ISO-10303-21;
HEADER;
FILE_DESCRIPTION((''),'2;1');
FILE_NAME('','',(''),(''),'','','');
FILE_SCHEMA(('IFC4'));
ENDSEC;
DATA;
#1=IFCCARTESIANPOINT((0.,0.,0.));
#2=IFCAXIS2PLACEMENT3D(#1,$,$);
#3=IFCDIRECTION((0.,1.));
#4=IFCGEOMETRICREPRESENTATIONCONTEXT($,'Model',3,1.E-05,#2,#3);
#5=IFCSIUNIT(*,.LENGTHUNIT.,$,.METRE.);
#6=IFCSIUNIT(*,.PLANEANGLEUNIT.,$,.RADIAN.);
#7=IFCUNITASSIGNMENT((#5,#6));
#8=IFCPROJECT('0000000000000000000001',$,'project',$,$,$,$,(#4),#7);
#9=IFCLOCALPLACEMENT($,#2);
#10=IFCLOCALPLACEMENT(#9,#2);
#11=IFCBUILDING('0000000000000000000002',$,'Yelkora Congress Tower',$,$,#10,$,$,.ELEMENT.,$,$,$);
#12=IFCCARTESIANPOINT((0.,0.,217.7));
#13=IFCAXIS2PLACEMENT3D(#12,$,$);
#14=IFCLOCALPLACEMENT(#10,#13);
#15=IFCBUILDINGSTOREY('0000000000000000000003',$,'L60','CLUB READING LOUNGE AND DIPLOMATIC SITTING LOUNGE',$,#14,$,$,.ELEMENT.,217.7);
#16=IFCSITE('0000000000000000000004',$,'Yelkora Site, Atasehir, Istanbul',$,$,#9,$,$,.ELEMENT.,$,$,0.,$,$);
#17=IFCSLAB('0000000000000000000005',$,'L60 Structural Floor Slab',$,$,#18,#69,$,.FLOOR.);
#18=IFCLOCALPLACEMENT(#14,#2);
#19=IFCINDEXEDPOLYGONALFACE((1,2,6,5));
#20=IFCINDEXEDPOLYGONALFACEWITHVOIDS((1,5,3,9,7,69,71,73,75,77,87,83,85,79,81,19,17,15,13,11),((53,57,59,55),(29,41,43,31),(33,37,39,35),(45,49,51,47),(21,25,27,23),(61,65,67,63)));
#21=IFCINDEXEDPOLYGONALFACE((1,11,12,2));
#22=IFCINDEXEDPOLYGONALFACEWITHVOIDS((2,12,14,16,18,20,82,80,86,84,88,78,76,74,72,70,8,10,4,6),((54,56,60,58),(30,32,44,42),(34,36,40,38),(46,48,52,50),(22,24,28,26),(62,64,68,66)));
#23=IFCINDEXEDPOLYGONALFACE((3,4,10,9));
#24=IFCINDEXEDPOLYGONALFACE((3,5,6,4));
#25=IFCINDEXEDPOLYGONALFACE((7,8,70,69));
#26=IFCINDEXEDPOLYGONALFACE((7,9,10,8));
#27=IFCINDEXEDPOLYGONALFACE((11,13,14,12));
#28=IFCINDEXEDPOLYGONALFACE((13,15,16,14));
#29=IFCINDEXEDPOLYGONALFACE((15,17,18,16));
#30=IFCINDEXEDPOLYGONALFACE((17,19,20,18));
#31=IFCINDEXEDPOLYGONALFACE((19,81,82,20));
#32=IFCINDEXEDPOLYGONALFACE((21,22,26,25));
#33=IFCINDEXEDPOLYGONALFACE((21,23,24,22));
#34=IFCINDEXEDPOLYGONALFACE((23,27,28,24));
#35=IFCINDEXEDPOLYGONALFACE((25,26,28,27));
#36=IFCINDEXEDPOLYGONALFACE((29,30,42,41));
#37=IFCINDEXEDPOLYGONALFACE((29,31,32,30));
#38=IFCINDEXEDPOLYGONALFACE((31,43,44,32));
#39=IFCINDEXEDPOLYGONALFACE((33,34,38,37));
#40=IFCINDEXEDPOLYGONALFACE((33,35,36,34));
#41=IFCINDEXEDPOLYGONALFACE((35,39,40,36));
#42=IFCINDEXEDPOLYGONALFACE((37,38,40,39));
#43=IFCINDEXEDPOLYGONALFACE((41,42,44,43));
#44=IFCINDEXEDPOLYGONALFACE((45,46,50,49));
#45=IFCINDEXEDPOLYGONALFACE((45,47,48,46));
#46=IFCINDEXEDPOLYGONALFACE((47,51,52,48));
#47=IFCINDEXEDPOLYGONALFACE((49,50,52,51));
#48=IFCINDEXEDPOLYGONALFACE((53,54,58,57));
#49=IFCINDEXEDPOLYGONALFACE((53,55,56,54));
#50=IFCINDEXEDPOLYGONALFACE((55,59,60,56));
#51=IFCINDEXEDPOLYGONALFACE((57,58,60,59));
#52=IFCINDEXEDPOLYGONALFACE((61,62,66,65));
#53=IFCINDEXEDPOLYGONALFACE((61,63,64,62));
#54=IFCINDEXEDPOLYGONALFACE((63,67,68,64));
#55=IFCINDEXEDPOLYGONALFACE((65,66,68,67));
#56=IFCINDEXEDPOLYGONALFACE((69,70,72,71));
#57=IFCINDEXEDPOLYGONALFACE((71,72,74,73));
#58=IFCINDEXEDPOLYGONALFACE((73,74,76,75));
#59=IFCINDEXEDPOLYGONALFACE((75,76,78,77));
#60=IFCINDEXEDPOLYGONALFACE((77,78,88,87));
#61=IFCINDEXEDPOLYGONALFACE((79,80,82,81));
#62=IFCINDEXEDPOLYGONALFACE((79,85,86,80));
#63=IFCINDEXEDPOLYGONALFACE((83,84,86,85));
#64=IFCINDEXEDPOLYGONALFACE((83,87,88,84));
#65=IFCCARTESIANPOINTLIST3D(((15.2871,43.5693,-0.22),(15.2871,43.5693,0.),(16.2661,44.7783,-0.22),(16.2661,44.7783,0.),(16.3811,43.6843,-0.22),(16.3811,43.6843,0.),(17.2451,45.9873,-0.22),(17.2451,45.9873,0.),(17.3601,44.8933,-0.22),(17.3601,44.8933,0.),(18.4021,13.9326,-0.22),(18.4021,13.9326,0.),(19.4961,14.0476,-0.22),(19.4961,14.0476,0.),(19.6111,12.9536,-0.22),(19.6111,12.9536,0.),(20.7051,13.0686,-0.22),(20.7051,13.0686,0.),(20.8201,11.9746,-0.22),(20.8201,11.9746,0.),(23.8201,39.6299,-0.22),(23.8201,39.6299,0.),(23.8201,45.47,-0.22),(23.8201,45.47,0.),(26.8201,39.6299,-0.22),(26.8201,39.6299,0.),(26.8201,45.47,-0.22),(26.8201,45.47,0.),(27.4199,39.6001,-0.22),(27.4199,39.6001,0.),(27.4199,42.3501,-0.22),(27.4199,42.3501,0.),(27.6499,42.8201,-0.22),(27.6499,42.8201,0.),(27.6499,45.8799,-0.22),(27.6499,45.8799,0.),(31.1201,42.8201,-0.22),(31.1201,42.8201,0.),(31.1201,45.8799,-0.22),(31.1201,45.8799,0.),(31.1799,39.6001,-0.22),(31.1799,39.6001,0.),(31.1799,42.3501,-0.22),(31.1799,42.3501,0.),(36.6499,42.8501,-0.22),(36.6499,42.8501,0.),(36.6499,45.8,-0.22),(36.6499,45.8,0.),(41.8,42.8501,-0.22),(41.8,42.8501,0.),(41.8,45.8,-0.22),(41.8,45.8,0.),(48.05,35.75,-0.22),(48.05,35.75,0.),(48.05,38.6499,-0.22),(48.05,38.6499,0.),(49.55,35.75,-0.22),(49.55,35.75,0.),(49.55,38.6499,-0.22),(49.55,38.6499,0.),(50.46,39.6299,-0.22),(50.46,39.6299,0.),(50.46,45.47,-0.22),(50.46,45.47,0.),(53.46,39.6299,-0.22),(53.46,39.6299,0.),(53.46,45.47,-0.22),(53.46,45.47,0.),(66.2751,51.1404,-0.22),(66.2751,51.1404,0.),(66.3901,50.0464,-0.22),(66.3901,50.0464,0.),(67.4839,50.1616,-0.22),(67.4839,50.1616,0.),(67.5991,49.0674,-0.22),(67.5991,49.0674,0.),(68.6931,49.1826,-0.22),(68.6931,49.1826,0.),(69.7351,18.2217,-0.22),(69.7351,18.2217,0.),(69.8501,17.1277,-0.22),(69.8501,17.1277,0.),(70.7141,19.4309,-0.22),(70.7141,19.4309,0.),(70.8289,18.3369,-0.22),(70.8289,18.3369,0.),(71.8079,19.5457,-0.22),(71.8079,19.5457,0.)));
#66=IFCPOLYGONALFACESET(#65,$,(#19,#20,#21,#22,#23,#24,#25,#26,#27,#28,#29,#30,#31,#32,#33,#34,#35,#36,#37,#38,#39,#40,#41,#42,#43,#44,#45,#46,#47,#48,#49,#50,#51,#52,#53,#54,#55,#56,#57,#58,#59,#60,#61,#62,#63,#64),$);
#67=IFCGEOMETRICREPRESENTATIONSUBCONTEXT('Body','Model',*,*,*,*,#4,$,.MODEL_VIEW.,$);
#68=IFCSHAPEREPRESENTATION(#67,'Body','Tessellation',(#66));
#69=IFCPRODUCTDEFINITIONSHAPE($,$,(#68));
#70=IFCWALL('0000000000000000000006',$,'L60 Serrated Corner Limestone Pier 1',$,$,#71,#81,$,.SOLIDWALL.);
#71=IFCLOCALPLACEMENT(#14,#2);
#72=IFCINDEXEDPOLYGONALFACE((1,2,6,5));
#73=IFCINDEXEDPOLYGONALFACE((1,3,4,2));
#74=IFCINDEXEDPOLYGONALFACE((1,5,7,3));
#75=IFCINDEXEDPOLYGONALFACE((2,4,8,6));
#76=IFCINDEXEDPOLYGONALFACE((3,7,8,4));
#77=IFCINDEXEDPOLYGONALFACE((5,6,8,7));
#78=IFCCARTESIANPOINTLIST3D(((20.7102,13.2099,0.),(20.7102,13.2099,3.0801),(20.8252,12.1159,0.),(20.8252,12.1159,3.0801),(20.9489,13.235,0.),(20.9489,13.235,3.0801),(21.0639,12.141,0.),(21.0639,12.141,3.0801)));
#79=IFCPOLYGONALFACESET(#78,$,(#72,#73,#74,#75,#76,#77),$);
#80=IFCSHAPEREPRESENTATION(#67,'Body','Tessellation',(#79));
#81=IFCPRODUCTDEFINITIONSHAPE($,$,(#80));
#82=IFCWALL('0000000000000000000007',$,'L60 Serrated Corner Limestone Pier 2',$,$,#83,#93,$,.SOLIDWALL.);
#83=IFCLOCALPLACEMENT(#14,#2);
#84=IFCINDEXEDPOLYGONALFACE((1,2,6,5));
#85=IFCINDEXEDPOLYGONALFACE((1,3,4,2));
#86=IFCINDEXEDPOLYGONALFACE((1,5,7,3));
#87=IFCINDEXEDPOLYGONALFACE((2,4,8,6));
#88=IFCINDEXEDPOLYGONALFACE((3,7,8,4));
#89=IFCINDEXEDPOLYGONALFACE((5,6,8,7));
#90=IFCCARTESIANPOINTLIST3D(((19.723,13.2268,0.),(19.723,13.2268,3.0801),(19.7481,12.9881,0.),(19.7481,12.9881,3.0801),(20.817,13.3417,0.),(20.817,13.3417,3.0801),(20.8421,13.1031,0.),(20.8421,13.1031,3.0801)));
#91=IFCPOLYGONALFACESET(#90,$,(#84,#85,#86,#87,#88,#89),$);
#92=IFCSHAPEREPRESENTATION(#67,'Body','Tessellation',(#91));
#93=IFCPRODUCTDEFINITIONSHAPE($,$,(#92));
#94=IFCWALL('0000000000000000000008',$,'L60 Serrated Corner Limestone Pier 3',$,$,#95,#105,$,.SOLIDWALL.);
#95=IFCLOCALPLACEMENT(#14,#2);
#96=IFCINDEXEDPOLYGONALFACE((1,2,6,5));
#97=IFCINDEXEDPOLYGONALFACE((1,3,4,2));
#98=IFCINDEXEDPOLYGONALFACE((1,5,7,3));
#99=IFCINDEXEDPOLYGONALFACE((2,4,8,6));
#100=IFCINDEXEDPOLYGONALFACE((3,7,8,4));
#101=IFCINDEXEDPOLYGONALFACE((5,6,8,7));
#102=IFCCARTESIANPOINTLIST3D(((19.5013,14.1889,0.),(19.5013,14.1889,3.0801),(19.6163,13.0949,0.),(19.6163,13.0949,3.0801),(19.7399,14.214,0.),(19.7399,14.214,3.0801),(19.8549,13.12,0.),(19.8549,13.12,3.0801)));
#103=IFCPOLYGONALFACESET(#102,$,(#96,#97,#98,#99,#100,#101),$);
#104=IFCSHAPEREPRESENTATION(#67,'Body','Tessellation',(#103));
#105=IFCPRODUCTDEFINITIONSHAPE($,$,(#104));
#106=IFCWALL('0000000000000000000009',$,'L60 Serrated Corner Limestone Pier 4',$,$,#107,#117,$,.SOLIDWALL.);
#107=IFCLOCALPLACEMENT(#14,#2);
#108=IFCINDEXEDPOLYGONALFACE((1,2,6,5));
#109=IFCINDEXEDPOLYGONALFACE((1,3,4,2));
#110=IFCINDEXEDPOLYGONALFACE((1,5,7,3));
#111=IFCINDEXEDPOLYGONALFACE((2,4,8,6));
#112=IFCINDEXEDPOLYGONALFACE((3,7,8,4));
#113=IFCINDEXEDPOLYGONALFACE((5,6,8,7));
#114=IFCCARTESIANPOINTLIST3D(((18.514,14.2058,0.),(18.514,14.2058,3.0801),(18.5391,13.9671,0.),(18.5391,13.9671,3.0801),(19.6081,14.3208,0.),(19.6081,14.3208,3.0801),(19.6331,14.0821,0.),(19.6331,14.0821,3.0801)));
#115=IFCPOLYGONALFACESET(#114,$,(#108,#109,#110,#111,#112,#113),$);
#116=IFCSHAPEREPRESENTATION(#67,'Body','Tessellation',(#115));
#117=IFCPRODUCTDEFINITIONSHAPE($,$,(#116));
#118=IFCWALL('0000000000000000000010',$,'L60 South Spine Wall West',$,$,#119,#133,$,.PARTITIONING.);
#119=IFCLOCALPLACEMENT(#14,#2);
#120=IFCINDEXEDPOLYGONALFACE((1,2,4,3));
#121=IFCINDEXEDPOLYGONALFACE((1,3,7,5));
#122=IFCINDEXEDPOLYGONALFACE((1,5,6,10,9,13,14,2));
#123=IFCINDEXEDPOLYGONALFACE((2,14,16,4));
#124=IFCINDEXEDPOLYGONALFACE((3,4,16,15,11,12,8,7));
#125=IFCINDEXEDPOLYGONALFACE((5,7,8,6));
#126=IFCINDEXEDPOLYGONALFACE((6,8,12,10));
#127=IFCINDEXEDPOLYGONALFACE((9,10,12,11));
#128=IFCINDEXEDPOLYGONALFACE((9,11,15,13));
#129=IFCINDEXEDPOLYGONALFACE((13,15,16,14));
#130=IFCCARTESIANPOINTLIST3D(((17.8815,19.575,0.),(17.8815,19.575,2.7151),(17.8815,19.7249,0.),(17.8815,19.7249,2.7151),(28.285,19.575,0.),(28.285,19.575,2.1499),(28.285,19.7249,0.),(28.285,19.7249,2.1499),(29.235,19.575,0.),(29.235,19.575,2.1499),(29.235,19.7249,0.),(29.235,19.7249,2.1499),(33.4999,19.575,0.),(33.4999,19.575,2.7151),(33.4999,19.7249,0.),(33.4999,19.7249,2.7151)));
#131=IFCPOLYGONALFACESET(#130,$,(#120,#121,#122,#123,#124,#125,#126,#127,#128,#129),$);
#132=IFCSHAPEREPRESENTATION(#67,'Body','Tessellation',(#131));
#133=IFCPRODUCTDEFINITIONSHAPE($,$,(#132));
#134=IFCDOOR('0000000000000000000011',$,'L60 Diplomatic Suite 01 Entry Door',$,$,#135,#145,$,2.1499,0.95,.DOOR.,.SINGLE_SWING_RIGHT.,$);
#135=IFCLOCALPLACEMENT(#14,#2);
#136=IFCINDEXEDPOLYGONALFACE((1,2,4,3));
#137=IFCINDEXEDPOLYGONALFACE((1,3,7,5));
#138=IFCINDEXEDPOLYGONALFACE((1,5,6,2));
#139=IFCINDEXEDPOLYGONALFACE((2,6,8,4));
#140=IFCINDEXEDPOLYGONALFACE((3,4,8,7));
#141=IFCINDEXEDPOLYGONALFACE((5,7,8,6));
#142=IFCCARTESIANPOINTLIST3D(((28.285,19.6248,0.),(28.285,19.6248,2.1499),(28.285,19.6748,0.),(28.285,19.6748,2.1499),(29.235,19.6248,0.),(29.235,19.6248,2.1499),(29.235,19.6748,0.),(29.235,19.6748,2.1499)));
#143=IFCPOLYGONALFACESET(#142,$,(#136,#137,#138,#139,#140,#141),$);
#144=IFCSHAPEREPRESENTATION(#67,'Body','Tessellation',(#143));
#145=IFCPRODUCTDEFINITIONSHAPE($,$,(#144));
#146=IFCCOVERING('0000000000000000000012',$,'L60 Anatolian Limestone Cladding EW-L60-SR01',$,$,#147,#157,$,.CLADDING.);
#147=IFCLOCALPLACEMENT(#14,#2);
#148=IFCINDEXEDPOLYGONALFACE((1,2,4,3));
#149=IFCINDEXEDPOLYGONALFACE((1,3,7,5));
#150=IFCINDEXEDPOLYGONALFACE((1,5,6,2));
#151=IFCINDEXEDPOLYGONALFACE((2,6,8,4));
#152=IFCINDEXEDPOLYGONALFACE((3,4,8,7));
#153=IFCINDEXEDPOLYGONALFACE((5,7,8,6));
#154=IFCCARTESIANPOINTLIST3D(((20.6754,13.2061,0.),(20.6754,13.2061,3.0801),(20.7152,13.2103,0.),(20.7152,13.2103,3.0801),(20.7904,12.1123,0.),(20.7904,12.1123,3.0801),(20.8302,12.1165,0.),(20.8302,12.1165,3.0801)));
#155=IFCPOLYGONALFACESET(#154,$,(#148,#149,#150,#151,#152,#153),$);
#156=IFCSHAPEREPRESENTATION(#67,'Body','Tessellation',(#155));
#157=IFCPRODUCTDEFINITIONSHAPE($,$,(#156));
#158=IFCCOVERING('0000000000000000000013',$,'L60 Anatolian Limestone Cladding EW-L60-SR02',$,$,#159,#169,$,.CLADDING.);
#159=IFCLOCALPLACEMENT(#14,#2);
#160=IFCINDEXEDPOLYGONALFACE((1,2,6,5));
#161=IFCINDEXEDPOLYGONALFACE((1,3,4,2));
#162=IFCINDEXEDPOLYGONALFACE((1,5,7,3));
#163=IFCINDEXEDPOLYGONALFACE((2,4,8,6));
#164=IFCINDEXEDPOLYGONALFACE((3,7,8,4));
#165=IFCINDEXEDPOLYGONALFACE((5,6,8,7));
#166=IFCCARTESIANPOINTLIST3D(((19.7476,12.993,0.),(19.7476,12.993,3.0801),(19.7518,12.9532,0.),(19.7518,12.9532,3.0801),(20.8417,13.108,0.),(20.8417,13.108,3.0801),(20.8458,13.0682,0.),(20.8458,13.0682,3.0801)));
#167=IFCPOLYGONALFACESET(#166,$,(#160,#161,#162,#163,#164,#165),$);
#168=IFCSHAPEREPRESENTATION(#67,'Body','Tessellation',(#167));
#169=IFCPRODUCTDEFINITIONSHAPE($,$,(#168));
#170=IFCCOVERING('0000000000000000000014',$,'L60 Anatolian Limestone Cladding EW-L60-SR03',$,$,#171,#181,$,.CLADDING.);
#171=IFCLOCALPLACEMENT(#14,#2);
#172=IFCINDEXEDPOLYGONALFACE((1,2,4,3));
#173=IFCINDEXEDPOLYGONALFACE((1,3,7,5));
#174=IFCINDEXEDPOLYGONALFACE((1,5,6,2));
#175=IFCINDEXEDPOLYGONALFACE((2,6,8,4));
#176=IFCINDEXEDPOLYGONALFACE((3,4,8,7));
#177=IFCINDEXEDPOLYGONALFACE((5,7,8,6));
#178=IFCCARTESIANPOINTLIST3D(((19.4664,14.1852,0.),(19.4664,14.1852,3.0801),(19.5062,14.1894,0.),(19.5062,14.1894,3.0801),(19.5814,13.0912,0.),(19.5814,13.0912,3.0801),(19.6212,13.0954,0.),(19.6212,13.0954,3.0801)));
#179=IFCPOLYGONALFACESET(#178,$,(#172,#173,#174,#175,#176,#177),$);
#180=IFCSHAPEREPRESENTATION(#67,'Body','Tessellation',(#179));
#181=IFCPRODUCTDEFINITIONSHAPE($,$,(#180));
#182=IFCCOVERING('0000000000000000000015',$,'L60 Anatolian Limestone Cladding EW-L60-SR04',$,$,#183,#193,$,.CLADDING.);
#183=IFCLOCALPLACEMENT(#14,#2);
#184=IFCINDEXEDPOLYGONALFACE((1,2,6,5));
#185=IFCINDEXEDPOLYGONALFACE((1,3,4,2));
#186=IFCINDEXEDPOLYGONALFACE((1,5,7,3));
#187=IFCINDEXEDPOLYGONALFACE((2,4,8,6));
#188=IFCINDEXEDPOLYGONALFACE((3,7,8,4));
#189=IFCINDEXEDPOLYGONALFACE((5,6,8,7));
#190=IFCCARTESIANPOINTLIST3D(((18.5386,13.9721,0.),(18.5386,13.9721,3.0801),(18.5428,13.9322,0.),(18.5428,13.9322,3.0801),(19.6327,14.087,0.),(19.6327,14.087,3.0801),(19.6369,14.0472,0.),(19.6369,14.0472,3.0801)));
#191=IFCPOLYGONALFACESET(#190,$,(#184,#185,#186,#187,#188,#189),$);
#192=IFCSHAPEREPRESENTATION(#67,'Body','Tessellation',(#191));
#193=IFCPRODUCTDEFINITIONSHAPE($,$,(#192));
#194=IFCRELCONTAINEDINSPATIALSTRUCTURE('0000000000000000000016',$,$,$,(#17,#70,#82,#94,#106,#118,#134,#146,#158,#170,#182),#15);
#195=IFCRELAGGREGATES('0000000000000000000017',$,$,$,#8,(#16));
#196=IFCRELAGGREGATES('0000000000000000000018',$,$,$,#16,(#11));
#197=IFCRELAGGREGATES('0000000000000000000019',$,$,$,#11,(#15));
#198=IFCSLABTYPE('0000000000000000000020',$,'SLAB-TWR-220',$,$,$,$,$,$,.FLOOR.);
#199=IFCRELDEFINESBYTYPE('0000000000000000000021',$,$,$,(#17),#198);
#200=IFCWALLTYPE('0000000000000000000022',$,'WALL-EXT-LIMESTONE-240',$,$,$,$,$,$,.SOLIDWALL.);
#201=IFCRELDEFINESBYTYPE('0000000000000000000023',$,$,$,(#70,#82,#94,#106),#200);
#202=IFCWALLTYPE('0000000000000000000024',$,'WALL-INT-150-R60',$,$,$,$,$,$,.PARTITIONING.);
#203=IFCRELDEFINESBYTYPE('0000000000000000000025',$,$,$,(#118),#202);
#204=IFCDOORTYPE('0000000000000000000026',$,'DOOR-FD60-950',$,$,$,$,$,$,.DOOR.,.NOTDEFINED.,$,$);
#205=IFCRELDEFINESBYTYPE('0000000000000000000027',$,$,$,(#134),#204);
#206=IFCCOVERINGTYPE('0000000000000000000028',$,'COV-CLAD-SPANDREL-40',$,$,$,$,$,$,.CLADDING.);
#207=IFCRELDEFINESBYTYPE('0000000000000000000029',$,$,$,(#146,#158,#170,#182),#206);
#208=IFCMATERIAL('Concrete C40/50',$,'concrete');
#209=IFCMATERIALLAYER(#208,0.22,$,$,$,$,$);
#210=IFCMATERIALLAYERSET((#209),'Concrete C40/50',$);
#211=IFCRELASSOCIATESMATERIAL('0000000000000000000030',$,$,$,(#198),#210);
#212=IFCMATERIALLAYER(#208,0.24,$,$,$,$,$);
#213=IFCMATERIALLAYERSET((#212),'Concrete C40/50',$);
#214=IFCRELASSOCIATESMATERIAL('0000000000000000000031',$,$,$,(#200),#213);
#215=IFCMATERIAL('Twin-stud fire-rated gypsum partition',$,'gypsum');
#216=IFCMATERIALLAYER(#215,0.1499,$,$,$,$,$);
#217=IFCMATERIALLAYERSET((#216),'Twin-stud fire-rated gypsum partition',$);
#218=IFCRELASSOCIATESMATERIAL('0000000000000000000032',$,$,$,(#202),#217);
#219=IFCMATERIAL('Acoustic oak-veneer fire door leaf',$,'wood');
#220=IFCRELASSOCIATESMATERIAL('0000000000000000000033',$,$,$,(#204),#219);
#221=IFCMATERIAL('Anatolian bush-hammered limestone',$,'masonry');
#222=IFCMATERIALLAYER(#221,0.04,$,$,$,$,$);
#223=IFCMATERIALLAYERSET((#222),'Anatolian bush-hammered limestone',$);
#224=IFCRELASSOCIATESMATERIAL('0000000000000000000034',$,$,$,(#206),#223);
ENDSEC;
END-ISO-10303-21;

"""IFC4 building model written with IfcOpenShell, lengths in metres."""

from ifc_helpers import new_model, si_unit, direction, frame, frame_2d, origin, place, context, subcontext, project, spatial, polyline, rectangle, outline, extrude, material, layer, layer_set, type_object, element, fill, save


model = new_model("IFC4")

# Units and contexts
model_context = context("Model", 3, precision=1e-05, world=origin(), true_north=direction((0.0, 1.0)))
body_context = subcontext(model_context, "Body", "Model", "MODEL_VIEW")
ifc_project = project(units=[si_unit("LENGTHUNIT", "METRE"), si_unit("PLANEANGLEUNIT", "RADIAN")], contexts=[model_context])

# Site, building, storey
site_placement = place(None, origin())
site = spatial("IfcSite", under=ifc_project, at=site_placement, Name="Yelkora Site, Atasehir, Istanbul", CompositionType="ELEMENT", RefElevation=0.0)
building_placement = place(site_placement, origin())
building = spatial("IfcBuilding", under=site, at=building_placement, Name="Yelkora Congress Tower", CompositionType="ELEMENT")
storey_placement = place(building_placement, frame((0.0, 0.0, 217.7)))
storey = spatial("IfcBuildingStorey", under=building, at=storey_placement, Name="L60", Description="CLUB READING LOUNGE AND DIPLOMATIC SITTING LOUNGE", CompositionType="ELEMENT", Elevation=217.7)

# Shared definitions
ifc_material_1 = material(Name="Concrete C40/50", Category="concrete")

# Slab
ifc_layer_1 = layer(ifc_material_1, 0.22)
ifc_layer_set_1 = layer_set([ifc_layer_1], Name="Concrete C40/50")
slab_type_1 = type_object("IfcSlabType", Name="SLAB-TWR-220", PredefinedType="FLOOR", material=ifc_layer_set_1)
slab_1_placement = place(storey_placement, frame((0.0, 0.0, -0.22)))
element("IfcSlab", 1, at=slab_1_placement, inside=storey, type_object=slab_type_1, Name="L60 Structural Floor Slab", PredefinedType="FLOOR", context=body_context, shape_type="SweptSolid", body=[
    extrude(outline(polyline([(20.8201, 11.9746), (69.8501, 17.1277), (69.7351, 18.2217), (70.8289, 18.3369), (70.7141, 19.4309), (71.8079, 19.5457), (68.6931, 49.1826), (67.5991, 49.0674), (67.4839, 50.1616), (66.3901, 50.0464), (66.2751, 51.1404), (17.2451, 45.9873), (17.3601, 44.8933), (16.2661, 44.7783), (16.3811, 43.6843), (15.2871, 43.5693), (18.4021, 13.9326), (19.4961, 14.0476), (19.6111, 12.9536), (20.7051, 13.0686), (20.8201, 11.9746)]), holes=[polyline([(23.8201, 39.6299), (26.8201, 39.6299), (26.8201, 45.47), (23.8201, 45.47), (23.8201, 39.6299)]), polyline([(50.46, 39.6299), (53.46, 39.6299), (53.46, 45.47), (50.46, 45.47), (50.46, 39.6299)]), polyline([(48.05, 35.75), (49.55, 35.75), (49.55, 38.6499), (48.05, 38.6499), (48.05, 35.75)]), polyline([(36.6499, 42.8501), (41.8, 42.8501), (41.8, 45.8), (36.6499, 45.8), (36.6499, 42.8501)]), polyline([(27.4199, 39.6001), (31.1799, 39.6001), (31.1799, 42.3501), (27.4199, 42.3501), (27.4199, 39.6001)]), polyline([(27.6499, 42.8201), (31.1201, 42.8201), (31.1201, 45.8799), (27.6499, 45.8799), (27.6499, 42.8201)])]), origin(), (0.0, 0.0, 1.0), 0.22),
])

# Walls
ifc_layer_2 = layer(ifc_material_1, 0.24)
ifc_layer_set_2 = layer_set([ifc_layer_2], Name="Concrete C40/50")
wall_type_1 = type_object("IfcWallType", Name="WALL-EXT-LIMESTONE-240", PredefinedType="SOLIDWALL", material=ifc_layer_set_2)
for number, where, z_axis, x_axis, name in (
    (2, (20.9446, 12.1284, 0.0), (0.0, 0.0, 1.0), (-0.104535, 0.994521, 0.0), "L60 Serrated Corner Limestone Pier 1"),
    (3, (20.8296, 13.2224, 0.0), (0.0, 0.0, 1.0), (-0.994521, -0.104535, 0.0), "L60 Serrated Corner Limestone Pier 2"),
    (4, (19.7356, 13.1074, 0.0), (0.0, 0.0, 1.0), (-0.104535, 0.994521, 0.0), "L60 Serrated Corner Limestone Pier 3"),
    (5, (19.6206, 14.2014, 0.0), (0.0, 0.0, 1.0), (-0.994521, -0.104535, 0.0), "L60 Serrated Corner Limestone Pier 4"),
):
    element("IfcWall", number, at=place(storey_placement, frame(where, z_axis=z_axis, x_axis=x_axis)), inside=storey, type_object=wall_type_1, Name=name, PredefinedType="SOLIDWALL", context=body_context, shape_type="SweptSolid", body=[
        extrude(rectangle(XDim=1.1001, YDim=0.24, at=frame_2d((0.55, 0.0))), origin(), (0.0, 0.0, 1.0), 3.0801),
    ])

# Wall, opening, door
ifc_material_2 = material(Name="Twin-stud fire-rated gypsum partition", Category="gypsum")
ifc_layer_3 = layer(ifc_material_2, 0.1499)
ifc_layer_set_3 = layer_set([ifc_layer_3], Name="Twin-stud fire-rated gypsum partition")
wall_type_2 = type_object("IfcWallType", Name="WALL-INT-150-R60", PredefinedType="PARTITIONING", material=ifc_layer_set_3)
wall_placement = place(storey_placement, frame((17.8816, 19.6499, 0.0), z_axis=(0.0, 0.0, 1.0), x_axis=(1.0, 0.0, 0.0)))
wall = element("IfcWall", 6, at=wall_placement, inside=storey, type_object=wall_type_2, Name="L60 South Spine Wall West", PredefinedType="PARTITIONING", context=body_context, shape_type="SweptSolid", body=[
    extrude(rectangle(XDim=15.6184, YDim=0.1499, at=frame_2d((7.8091, 0.0))), origin(), (0.0, 0.0, 1.0), 2.7151),
])
opening_placement = place(wall_placement, frame((10.4033, 0.0, 0.0)))
opening = element("IfcOpeningElement", 7, at=opening_placement, cuts=wall, PredefinedType="OPENING", context=body_context, shape_type="SweptSolid", body=[
    extrude(rectangle(XDim=0.95, YDim=2.1499, at=frame_2d((0.4751, 1.075))), frame((0.0, 0.085, 0.0), z_axis=(0.0, -1.0, 0.0), x_axis=(1.0, 0.0, 0.0)), (0.0, 0.0, 1.0), 0.1699),
])
ifc_material_3 = material(Name="Acoustic oak-veneer fire door leaf", Category="wood")
door_type = type_object("IfcDoorType", Name="DOOR-FD60-950", OperationType="NOTDEFINED", PredefinedType="DOOR", material=ifc_material_3)
door_placement = place(opening_placement, origin())
door = element("IfcDoor", 8, at=door_placement, inside=storey, type_object=door_type, Name="L60 Diplomatic Suite 01 Entry Door", OperationType="SINGLE_SWING_RIGHT", OverallHeight=2.1499, OverallWidth=0.95, PredefinedType="DOOR", context=body_context, shape_type="SweptSolid", body=[
    extrude(rectangle(XDim=0.95, YDim=2.1499, at=frame_2d((0.4751, 1.075))), frame((0.0, 0.0249, 0.0), z_axis=(0.0, -1.0, 0.0), x_axis=(1.0, 0.0, 0.0)), (0.0, 0.0, 1.0), 0.05),
])
fill(opening, door)

# Coverings
ifc_material_4 = material(Name="Anatolian bush-hammered limestone", Category="masonry")
ifc_layer_4 = layer(ifc_material_4, 0.04)
ifc_layer_set_4 = layer_set([ifc_layer_4], Name="Anatolian bush-hammered limestone")
covering_type = type_object("IfcCoveringType", Name="COV-CLAD-SPANDREL-40", PredefinedType="CLADDING", material=ifc_layer_set_4)
covering_placement = place(storey_placement, frame((20.8103, 12.1145, 0.0), z_axis=(0.0, 0.0, 1.0), x_axis=(-0.104558, 0.994519, 0.0)))
element("IfcCovering", 9, at=covering_placement, inside=storey, type_object=covering_type, Name="L60 Anatolian Limestone Cladding EW-L60-SR01", PredefinedType="CLADDING", context=body_context, shape_type="SweptSolid", body=[
    extrude(rectangle(XDim=1.0999, YDim=0.04, at=frame_2d((0.5498, 0.0))), origin(), (0.0, 0.0, 1.0), 3.0801),
])
for number, where, z_axis, x_axis, name in (
    (10, (20.8438, 13.0881, 0.0), (0.0, 0.0, 1.0), (-0.994521, -0.104535, 0.0), "L60 Anatolian Limestone Cladding EW-L60-SR02"),
    (11, (19.6013, 13.0933, 0.0), (0.0, 0.0, 1.0), (-0.104535, 0.994521, 0.0), "L60 Anatolian Limestone Cladding EW-L60-SR03"),
    (12, (19.6348, 14.0671, 0.0), (0.0, 0.0, 1.0), (-0.994521, -0.104535, 0.0), "L60 Anatolian Limestone Cladding EW-L60-SR04"),
):
    element("IfcCovering", number, at=place(storey_placement, frame(where, z_axis=z_axis, x_axis=x_axis)), inside=storey, type_object=covering_type, Name=name, PredefinedType="CLADDING", context=body_context, shape_type="SweptSolid", body=[
        extrude(rectangle(XDim=1.1001, YDim=0.04, at=frame_2d((0.55, 0.0))), origin(), (0.0, 0.0, 1.0), 3.0801),
    ])

save(model, "model.ifc")
